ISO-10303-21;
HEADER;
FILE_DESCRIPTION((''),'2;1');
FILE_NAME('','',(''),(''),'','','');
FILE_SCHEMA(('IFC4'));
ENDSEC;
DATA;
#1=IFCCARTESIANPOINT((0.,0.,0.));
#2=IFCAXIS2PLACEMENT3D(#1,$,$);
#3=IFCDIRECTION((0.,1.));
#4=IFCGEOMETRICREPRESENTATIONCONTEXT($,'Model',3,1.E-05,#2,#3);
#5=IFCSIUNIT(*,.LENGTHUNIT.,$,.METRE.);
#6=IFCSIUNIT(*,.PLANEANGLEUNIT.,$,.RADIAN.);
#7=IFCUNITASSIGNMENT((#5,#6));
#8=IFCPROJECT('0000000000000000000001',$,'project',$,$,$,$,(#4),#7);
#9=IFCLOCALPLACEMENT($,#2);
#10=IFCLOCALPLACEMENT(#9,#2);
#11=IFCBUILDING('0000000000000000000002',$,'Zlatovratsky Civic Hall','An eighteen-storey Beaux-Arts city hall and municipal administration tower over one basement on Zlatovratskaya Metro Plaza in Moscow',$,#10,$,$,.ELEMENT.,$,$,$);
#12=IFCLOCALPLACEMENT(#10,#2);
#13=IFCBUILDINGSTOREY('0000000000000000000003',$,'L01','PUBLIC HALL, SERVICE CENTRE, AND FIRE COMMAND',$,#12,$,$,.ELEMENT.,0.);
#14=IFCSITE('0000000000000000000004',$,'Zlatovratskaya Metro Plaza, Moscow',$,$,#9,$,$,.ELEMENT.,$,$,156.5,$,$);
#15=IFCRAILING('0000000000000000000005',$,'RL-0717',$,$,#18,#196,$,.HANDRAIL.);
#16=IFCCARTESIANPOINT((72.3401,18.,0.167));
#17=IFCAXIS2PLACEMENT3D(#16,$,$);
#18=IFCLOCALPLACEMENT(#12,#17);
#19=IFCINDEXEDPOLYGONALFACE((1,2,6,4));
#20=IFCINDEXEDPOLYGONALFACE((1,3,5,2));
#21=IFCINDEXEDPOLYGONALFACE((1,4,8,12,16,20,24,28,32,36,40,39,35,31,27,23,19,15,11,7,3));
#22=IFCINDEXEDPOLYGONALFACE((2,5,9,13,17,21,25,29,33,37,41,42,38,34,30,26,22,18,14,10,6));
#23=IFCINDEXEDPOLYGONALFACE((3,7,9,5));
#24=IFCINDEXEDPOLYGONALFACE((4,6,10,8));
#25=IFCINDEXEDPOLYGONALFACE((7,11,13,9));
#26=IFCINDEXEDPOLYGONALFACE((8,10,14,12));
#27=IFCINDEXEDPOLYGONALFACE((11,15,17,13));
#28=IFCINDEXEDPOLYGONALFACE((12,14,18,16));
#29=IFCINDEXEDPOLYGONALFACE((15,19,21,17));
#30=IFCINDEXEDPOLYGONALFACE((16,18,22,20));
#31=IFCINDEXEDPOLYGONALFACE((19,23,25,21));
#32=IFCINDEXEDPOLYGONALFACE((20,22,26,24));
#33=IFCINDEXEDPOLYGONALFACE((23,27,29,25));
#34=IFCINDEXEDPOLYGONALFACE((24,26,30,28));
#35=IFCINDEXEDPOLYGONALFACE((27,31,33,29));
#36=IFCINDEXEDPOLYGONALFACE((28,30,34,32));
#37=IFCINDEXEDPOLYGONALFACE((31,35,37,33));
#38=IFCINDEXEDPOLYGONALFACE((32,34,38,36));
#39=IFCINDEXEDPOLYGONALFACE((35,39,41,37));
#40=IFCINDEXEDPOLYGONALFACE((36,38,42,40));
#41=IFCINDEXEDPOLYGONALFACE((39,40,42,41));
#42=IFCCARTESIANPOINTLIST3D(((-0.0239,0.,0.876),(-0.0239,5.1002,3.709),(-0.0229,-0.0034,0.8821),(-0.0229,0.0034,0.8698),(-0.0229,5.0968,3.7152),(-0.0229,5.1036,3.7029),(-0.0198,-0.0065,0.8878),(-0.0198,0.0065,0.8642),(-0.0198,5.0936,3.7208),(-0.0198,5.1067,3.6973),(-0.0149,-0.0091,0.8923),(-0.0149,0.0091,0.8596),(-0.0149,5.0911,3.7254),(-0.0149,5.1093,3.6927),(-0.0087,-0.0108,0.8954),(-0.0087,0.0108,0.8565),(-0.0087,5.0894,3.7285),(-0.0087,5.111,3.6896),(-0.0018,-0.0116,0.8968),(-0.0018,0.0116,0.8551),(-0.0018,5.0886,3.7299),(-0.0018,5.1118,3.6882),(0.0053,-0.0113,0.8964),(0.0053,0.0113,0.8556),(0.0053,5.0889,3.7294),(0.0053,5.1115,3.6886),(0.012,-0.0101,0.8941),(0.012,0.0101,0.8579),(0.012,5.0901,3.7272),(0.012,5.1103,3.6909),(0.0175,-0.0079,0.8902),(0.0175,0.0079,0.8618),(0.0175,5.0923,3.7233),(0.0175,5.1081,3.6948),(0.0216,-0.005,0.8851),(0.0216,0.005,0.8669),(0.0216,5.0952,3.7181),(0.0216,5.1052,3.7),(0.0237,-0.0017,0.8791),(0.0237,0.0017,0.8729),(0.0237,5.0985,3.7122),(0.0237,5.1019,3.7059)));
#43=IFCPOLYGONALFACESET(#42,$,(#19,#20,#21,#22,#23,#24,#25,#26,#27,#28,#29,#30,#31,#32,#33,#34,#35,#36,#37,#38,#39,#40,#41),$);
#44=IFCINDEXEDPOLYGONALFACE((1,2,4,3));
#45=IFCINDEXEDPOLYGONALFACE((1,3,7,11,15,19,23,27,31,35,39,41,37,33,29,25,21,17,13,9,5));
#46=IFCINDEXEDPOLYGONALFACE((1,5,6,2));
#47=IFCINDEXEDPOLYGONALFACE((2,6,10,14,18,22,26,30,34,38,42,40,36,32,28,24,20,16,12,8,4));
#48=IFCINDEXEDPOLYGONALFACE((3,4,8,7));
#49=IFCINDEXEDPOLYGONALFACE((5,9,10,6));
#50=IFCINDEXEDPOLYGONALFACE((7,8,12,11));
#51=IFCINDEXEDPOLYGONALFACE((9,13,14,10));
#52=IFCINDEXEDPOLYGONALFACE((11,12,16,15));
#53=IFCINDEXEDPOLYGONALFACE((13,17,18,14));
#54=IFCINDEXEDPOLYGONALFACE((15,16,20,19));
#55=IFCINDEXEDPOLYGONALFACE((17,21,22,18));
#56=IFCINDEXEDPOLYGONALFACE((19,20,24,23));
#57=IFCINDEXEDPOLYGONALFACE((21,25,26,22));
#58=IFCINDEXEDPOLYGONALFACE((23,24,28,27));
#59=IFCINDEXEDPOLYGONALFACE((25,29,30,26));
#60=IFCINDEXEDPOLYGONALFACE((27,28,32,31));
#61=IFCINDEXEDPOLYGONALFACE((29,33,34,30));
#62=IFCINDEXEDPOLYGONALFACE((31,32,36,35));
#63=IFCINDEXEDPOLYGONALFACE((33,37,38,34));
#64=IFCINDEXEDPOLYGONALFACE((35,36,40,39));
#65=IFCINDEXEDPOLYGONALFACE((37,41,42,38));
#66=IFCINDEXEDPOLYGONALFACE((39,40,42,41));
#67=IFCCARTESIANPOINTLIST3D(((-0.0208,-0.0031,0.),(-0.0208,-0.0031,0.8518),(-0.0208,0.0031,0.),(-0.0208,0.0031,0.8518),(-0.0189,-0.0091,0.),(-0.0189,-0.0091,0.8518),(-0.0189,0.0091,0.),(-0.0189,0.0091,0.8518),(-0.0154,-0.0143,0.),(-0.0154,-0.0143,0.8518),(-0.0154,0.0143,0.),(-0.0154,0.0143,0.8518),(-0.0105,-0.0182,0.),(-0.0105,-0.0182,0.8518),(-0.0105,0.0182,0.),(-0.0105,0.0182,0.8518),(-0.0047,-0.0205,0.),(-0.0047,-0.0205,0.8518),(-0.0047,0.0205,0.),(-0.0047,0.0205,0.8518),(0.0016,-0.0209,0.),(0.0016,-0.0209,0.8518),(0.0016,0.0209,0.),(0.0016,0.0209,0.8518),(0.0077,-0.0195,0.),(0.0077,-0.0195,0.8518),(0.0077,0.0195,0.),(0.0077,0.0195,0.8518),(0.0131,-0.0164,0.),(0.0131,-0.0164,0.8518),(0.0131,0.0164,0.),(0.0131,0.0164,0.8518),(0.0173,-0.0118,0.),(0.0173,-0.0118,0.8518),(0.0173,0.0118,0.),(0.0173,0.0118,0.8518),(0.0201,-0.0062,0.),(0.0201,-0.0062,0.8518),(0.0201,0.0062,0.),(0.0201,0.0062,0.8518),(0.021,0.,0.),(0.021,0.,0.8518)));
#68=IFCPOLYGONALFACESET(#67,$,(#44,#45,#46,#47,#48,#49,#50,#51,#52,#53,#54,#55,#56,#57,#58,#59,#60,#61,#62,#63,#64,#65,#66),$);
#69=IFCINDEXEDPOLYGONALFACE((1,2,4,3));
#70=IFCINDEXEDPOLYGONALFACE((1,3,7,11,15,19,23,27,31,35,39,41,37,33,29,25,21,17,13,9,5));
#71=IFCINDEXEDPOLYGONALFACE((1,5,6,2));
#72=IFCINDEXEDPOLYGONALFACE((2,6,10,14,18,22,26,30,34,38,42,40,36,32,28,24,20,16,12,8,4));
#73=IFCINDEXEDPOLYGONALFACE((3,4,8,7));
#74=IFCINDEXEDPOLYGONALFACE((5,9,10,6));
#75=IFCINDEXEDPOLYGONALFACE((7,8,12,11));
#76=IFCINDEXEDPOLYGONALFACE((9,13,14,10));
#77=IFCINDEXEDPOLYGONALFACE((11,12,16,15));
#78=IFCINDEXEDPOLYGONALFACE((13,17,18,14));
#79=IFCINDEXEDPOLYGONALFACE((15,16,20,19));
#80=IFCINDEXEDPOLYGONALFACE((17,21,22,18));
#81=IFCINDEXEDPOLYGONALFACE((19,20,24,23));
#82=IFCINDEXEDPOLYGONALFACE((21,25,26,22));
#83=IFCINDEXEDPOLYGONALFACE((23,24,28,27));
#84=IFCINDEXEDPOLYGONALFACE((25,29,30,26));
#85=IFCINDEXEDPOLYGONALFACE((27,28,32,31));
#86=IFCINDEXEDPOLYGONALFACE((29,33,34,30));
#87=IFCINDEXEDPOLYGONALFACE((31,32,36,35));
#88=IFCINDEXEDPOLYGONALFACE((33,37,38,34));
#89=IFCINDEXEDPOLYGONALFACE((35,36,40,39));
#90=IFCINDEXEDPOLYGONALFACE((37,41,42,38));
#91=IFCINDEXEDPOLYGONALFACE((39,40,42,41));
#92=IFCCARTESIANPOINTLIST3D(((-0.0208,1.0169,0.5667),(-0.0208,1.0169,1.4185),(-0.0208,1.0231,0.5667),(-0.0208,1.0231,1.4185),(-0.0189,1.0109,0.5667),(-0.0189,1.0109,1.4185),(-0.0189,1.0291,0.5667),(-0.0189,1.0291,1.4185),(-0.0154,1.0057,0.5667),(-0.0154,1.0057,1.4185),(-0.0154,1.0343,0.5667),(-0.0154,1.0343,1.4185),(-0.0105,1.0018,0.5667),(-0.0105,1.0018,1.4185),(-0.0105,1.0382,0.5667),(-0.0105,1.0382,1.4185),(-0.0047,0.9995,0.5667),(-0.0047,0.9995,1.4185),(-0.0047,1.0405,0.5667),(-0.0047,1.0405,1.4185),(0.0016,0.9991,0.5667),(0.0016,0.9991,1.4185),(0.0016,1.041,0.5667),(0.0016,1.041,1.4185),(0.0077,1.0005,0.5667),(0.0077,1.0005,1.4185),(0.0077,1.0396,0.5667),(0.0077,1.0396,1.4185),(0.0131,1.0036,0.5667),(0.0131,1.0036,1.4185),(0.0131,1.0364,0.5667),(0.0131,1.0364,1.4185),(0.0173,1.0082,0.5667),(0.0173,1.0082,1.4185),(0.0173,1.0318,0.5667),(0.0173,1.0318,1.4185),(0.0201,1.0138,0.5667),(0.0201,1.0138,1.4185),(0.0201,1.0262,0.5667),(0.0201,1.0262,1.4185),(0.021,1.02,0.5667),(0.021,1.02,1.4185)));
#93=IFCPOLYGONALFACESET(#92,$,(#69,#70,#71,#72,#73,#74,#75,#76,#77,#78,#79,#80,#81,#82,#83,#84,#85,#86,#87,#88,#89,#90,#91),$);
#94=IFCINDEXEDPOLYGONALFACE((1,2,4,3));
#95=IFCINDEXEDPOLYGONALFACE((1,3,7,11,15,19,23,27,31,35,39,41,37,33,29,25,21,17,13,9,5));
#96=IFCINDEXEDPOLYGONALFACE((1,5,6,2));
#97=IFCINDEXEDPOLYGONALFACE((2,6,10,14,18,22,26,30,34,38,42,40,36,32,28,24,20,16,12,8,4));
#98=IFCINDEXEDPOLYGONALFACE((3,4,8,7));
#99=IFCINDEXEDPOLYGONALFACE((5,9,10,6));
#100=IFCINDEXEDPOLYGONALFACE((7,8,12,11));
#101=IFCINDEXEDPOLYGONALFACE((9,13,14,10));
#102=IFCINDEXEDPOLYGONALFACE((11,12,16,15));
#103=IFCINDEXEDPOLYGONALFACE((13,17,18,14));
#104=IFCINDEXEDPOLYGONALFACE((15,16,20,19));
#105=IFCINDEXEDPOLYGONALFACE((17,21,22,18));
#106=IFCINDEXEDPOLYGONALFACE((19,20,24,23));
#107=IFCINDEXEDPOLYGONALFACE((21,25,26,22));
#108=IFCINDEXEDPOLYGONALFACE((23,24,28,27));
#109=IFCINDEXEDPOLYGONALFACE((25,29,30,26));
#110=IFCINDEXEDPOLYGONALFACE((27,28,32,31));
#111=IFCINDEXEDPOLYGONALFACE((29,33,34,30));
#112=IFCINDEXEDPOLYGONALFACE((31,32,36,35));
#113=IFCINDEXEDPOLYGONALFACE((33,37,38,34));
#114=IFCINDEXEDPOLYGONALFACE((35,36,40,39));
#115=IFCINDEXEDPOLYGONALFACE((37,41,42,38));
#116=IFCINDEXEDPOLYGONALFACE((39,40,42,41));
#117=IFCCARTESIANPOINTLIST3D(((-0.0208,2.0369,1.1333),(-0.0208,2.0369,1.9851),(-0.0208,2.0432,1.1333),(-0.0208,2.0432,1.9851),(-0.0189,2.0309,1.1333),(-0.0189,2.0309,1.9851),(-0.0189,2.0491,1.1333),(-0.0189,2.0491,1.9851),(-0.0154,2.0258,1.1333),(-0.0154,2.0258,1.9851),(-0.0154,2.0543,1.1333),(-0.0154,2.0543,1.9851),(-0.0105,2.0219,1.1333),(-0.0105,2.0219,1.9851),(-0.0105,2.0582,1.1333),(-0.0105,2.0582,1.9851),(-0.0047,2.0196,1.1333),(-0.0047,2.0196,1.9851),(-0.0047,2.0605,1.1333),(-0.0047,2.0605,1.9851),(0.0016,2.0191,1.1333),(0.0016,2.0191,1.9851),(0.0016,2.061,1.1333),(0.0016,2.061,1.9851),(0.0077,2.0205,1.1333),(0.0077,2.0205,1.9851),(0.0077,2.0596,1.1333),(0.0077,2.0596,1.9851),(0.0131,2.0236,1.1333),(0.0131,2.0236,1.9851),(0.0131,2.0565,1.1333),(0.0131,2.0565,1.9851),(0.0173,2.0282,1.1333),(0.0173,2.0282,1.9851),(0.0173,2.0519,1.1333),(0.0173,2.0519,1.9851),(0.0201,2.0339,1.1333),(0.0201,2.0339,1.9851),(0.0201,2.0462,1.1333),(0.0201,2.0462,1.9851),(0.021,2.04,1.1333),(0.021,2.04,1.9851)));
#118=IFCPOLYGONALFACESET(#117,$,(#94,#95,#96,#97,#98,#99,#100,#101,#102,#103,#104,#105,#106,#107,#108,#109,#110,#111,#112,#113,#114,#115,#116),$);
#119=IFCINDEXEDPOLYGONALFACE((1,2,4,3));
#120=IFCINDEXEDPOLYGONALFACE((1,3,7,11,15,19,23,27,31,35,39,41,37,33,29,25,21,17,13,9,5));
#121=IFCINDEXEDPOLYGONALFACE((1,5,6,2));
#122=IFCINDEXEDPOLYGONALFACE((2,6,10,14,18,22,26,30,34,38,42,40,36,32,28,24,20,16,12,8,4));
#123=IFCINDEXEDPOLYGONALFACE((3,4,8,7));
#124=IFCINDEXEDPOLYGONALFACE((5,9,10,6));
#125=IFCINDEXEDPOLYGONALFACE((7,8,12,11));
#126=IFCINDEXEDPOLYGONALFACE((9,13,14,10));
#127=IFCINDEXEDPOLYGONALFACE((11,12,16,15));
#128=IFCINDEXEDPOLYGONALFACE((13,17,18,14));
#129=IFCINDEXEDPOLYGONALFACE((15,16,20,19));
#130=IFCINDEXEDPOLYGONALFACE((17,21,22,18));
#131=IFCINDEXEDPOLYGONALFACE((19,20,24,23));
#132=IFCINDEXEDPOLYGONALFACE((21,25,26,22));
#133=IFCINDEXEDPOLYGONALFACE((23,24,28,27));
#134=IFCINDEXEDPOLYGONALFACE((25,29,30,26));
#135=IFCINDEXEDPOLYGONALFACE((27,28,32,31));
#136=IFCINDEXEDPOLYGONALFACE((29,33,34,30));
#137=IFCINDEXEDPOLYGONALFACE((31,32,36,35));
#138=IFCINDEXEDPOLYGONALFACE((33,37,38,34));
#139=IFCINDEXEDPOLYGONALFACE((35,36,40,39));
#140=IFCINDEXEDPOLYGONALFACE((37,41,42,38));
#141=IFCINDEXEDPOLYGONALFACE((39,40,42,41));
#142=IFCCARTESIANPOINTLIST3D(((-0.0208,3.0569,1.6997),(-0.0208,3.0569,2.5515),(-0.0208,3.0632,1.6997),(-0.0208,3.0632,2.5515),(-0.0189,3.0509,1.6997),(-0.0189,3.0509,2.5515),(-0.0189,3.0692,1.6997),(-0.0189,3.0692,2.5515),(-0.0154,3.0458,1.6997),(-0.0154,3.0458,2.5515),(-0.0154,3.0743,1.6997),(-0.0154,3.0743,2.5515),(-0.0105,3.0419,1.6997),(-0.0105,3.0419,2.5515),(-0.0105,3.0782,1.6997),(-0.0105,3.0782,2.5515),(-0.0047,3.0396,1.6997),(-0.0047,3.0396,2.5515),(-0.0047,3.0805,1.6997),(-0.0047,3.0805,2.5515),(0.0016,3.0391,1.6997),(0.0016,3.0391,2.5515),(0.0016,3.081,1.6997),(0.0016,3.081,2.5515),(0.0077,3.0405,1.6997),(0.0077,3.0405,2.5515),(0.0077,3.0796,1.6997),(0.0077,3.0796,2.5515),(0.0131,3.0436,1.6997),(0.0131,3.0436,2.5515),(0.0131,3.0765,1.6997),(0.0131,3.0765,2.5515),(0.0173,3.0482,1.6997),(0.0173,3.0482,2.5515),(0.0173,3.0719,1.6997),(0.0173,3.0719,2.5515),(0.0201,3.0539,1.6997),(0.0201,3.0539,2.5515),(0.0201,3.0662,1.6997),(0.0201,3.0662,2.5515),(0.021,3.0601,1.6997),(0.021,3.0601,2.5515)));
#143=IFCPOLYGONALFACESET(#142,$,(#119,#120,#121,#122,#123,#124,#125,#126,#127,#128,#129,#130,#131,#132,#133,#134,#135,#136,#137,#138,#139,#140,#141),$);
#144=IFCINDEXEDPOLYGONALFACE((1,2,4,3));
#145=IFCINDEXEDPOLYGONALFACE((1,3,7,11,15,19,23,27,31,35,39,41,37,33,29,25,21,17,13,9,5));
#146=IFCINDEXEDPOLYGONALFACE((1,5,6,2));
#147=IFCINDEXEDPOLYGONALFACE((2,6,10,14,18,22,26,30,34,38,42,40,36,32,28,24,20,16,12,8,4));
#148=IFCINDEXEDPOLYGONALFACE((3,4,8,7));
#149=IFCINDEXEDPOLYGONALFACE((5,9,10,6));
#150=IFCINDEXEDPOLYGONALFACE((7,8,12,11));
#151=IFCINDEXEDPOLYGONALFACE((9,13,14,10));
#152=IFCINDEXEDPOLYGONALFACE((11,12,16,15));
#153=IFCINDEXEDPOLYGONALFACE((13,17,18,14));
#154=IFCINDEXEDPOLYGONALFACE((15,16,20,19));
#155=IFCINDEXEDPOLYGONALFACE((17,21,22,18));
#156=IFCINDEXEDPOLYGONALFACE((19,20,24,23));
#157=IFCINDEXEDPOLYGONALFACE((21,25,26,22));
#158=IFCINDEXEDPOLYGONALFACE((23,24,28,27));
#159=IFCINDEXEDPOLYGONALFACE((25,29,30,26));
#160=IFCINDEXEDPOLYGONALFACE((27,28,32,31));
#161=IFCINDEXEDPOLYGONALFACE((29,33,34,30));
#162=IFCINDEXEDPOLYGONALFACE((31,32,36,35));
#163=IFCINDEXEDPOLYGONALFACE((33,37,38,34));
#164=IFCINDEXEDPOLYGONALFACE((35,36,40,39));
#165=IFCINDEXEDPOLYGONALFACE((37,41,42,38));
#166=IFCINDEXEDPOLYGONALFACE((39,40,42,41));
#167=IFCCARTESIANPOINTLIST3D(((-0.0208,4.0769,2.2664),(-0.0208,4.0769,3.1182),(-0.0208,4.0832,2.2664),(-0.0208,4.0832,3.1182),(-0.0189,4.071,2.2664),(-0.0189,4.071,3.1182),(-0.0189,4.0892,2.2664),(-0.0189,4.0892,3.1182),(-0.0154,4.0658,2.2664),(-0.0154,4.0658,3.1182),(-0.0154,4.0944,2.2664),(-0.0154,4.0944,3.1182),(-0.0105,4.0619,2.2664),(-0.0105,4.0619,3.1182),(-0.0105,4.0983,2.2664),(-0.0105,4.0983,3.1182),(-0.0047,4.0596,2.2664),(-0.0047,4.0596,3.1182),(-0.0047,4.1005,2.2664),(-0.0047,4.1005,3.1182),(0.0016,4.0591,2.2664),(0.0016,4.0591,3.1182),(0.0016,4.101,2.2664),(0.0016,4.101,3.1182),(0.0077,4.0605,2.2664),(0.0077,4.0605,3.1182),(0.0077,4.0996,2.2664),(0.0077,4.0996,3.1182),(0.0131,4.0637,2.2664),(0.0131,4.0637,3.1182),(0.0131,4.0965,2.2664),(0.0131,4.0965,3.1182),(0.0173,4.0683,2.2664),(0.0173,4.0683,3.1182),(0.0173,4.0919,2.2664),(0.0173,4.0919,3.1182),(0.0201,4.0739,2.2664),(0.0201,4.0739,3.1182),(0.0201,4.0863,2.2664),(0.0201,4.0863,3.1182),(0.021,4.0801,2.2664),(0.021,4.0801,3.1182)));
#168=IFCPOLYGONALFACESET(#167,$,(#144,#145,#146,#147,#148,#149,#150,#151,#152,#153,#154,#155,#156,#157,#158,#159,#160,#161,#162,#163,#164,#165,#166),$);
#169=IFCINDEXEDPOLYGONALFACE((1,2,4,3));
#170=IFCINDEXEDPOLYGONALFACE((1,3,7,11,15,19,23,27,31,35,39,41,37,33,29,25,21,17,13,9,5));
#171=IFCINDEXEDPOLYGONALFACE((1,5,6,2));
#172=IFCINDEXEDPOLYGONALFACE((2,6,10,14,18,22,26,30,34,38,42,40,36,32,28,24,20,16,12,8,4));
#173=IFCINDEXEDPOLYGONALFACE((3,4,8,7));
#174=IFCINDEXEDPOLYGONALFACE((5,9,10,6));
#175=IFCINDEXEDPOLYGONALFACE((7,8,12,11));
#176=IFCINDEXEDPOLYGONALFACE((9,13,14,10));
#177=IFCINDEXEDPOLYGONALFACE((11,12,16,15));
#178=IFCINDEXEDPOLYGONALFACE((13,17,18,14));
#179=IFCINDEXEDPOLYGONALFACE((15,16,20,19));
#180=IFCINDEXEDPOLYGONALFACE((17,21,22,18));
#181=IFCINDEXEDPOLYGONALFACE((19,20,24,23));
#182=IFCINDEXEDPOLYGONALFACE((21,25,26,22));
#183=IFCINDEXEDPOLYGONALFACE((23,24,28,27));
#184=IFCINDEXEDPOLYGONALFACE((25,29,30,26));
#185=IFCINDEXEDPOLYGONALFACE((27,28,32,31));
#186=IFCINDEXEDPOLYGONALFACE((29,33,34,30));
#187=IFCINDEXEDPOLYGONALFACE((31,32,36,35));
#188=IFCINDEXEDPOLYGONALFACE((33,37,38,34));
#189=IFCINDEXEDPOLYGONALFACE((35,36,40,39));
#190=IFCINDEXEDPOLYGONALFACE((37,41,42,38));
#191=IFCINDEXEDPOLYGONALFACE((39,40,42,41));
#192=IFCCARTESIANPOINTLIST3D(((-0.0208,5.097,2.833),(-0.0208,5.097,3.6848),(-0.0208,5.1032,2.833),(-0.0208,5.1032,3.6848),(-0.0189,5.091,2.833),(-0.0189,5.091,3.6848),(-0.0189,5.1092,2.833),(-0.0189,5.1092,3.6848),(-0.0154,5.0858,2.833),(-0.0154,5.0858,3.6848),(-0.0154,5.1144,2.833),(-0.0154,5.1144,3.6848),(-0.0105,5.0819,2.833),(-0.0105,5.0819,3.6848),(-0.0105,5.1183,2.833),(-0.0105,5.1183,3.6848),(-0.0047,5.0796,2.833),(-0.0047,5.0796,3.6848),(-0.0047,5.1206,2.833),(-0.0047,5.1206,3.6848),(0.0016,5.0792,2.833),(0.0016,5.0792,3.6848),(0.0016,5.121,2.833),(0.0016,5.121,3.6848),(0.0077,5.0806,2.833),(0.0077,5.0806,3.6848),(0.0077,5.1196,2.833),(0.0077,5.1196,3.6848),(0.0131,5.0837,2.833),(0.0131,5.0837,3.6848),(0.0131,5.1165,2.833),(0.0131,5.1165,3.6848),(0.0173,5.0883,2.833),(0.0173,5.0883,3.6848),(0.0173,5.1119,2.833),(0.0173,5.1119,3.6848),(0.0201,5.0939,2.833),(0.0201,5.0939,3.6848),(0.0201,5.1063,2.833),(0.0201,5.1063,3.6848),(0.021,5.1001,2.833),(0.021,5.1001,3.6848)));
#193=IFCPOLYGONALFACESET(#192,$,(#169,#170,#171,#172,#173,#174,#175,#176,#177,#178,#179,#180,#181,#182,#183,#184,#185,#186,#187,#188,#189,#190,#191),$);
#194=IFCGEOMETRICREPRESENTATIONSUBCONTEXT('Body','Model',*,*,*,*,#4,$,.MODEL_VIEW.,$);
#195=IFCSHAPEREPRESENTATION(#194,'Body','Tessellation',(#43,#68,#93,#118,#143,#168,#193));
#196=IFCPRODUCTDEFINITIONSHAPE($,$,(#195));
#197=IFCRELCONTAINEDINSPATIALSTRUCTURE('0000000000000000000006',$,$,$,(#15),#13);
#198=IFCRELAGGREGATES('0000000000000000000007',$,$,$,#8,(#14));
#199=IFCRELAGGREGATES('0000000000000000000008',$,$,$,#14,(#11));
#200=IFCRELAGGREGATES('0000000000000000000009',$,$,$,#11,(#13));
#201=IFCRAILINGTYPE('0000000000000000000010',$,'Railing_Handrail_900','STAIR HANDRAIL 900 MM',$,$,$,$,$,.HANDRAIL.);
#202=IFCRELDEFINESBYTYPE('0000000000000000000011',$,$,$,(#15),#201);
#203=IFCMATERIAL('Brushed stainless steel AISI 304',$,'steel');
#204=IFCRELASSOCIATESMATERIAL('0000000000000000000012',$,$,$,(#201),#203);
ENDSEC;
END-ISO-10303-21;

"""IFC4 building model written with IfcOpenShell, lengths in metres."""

from ifc_helpers import new_model, si_unit, direction, frame, origin, origin_2d, place, context, subcontext, project, spatial, circle, extrude, material, type_object, element, save


model = new_model("IFC4")

# Units and contexts
model_context = context("Model", 3, precision=1e-05, world=origin(), true_north=direction((0.0, 1.0)))
body_context = subcontext(model_context, "Body", "Model", "MODEL_VIEW")
ifc_project = project(units=[si_unit("LENGTHUNIT", "METRE"), si_unit("PLANEANGLEUNIT", "RADIAN")], contexts=[model_context])

# Site, building, storey
site_placement = place(None, origin())
site = spatial("IfcSite", under=ifc_project, at=site_placement, Name="Zlatovratskaya Metro Plaza, Moscow", CompositionType="ELEMENT", RefElevation=156.5)
building_placement = place(site_placement, origin())
building = spatial("IfcBuilding", under=site, at=building_placement, Name="Zlatovratsky Civic Hall", Description="An eighteen-storey Beaux-Arts city hall and municipal administration tower over one basement on Zlatovratskaya Metro Plaza in Moscow", CompositionType="ELEMENT")
storey_placement = place(building_placement, origin())
storey = spatial("IfcBuildingStorey", under=building, at=storey_placement, Name="L01", Description="PUBLIC HALL, SERVICE CENTRE, AND FIRE COMMAND", CompositionType="ELEMENT", Elevation=0.0)

# Railing
ifc_material_1 = material(Name="Brushed stainless steel AISI 304", Category="steel")
railing_type_1 = type_object("IfcRailingType", Name="Railing_Handrail_900", Description="STAIR HANDRAIL 900 MM", PredefinedType="HANDRAIL", material=ifc_material_1)
railing_1_placement = place(storey_placement, frame((72.3401, 18.0, 0.167)))
element("IfcRailing", 1, at=railing_1_placement, inside=storey, type_object=railing_type_1, Name="RL-0717", PredefinedType="HANDRAIL", context=body_context, shape_type="SweptSolid", body=[
    extrude(circle(Radius=0.0239, at=origin_2d()), frame((0.0, 0.0, 0.876), z_axis=(0.0, 0.874185, 0.485593), x_axis=(-1.0, 0.0, 0.0)), (0.0, 0.0, 1.0), 5.8342),
    extrude(circle(Radius=0.021, at=origin_2d()), origin(), (0.0, 0.0, 1.0), 0.8518),
    extrude(circle(Radius=0.021, at=origin_2d()), frame((0.0, 1.02, 0.5667)), (0.0, 0.0, 1.0), 0.8518),
    extrude(circle(Radius=0.021, at=origin_2d()), frame((0.0, 2.04, 1.1333)), (0.0, 0.0, 1.0), 0.8518),
    extrude(circle(Radius=0.021, at=origin_2d()), frame((0.0, 3.0601, 1.6997)), (0.0, 0.0, 1.0), 0.8518),
    extrude(circle(Radius=0.021, at=origin_2d()), frame((0.0, 4.0801, 2.2664)), (0.0, 0.0, 1.0), 0.8518),
    extrude(circle(Radius=0.021, at=origin_2d()), frame((0.0, 5.1001, 2.833)), (0.0, 0.0, 1.0), 0.8518),
])

save(model, "model.ifc")
